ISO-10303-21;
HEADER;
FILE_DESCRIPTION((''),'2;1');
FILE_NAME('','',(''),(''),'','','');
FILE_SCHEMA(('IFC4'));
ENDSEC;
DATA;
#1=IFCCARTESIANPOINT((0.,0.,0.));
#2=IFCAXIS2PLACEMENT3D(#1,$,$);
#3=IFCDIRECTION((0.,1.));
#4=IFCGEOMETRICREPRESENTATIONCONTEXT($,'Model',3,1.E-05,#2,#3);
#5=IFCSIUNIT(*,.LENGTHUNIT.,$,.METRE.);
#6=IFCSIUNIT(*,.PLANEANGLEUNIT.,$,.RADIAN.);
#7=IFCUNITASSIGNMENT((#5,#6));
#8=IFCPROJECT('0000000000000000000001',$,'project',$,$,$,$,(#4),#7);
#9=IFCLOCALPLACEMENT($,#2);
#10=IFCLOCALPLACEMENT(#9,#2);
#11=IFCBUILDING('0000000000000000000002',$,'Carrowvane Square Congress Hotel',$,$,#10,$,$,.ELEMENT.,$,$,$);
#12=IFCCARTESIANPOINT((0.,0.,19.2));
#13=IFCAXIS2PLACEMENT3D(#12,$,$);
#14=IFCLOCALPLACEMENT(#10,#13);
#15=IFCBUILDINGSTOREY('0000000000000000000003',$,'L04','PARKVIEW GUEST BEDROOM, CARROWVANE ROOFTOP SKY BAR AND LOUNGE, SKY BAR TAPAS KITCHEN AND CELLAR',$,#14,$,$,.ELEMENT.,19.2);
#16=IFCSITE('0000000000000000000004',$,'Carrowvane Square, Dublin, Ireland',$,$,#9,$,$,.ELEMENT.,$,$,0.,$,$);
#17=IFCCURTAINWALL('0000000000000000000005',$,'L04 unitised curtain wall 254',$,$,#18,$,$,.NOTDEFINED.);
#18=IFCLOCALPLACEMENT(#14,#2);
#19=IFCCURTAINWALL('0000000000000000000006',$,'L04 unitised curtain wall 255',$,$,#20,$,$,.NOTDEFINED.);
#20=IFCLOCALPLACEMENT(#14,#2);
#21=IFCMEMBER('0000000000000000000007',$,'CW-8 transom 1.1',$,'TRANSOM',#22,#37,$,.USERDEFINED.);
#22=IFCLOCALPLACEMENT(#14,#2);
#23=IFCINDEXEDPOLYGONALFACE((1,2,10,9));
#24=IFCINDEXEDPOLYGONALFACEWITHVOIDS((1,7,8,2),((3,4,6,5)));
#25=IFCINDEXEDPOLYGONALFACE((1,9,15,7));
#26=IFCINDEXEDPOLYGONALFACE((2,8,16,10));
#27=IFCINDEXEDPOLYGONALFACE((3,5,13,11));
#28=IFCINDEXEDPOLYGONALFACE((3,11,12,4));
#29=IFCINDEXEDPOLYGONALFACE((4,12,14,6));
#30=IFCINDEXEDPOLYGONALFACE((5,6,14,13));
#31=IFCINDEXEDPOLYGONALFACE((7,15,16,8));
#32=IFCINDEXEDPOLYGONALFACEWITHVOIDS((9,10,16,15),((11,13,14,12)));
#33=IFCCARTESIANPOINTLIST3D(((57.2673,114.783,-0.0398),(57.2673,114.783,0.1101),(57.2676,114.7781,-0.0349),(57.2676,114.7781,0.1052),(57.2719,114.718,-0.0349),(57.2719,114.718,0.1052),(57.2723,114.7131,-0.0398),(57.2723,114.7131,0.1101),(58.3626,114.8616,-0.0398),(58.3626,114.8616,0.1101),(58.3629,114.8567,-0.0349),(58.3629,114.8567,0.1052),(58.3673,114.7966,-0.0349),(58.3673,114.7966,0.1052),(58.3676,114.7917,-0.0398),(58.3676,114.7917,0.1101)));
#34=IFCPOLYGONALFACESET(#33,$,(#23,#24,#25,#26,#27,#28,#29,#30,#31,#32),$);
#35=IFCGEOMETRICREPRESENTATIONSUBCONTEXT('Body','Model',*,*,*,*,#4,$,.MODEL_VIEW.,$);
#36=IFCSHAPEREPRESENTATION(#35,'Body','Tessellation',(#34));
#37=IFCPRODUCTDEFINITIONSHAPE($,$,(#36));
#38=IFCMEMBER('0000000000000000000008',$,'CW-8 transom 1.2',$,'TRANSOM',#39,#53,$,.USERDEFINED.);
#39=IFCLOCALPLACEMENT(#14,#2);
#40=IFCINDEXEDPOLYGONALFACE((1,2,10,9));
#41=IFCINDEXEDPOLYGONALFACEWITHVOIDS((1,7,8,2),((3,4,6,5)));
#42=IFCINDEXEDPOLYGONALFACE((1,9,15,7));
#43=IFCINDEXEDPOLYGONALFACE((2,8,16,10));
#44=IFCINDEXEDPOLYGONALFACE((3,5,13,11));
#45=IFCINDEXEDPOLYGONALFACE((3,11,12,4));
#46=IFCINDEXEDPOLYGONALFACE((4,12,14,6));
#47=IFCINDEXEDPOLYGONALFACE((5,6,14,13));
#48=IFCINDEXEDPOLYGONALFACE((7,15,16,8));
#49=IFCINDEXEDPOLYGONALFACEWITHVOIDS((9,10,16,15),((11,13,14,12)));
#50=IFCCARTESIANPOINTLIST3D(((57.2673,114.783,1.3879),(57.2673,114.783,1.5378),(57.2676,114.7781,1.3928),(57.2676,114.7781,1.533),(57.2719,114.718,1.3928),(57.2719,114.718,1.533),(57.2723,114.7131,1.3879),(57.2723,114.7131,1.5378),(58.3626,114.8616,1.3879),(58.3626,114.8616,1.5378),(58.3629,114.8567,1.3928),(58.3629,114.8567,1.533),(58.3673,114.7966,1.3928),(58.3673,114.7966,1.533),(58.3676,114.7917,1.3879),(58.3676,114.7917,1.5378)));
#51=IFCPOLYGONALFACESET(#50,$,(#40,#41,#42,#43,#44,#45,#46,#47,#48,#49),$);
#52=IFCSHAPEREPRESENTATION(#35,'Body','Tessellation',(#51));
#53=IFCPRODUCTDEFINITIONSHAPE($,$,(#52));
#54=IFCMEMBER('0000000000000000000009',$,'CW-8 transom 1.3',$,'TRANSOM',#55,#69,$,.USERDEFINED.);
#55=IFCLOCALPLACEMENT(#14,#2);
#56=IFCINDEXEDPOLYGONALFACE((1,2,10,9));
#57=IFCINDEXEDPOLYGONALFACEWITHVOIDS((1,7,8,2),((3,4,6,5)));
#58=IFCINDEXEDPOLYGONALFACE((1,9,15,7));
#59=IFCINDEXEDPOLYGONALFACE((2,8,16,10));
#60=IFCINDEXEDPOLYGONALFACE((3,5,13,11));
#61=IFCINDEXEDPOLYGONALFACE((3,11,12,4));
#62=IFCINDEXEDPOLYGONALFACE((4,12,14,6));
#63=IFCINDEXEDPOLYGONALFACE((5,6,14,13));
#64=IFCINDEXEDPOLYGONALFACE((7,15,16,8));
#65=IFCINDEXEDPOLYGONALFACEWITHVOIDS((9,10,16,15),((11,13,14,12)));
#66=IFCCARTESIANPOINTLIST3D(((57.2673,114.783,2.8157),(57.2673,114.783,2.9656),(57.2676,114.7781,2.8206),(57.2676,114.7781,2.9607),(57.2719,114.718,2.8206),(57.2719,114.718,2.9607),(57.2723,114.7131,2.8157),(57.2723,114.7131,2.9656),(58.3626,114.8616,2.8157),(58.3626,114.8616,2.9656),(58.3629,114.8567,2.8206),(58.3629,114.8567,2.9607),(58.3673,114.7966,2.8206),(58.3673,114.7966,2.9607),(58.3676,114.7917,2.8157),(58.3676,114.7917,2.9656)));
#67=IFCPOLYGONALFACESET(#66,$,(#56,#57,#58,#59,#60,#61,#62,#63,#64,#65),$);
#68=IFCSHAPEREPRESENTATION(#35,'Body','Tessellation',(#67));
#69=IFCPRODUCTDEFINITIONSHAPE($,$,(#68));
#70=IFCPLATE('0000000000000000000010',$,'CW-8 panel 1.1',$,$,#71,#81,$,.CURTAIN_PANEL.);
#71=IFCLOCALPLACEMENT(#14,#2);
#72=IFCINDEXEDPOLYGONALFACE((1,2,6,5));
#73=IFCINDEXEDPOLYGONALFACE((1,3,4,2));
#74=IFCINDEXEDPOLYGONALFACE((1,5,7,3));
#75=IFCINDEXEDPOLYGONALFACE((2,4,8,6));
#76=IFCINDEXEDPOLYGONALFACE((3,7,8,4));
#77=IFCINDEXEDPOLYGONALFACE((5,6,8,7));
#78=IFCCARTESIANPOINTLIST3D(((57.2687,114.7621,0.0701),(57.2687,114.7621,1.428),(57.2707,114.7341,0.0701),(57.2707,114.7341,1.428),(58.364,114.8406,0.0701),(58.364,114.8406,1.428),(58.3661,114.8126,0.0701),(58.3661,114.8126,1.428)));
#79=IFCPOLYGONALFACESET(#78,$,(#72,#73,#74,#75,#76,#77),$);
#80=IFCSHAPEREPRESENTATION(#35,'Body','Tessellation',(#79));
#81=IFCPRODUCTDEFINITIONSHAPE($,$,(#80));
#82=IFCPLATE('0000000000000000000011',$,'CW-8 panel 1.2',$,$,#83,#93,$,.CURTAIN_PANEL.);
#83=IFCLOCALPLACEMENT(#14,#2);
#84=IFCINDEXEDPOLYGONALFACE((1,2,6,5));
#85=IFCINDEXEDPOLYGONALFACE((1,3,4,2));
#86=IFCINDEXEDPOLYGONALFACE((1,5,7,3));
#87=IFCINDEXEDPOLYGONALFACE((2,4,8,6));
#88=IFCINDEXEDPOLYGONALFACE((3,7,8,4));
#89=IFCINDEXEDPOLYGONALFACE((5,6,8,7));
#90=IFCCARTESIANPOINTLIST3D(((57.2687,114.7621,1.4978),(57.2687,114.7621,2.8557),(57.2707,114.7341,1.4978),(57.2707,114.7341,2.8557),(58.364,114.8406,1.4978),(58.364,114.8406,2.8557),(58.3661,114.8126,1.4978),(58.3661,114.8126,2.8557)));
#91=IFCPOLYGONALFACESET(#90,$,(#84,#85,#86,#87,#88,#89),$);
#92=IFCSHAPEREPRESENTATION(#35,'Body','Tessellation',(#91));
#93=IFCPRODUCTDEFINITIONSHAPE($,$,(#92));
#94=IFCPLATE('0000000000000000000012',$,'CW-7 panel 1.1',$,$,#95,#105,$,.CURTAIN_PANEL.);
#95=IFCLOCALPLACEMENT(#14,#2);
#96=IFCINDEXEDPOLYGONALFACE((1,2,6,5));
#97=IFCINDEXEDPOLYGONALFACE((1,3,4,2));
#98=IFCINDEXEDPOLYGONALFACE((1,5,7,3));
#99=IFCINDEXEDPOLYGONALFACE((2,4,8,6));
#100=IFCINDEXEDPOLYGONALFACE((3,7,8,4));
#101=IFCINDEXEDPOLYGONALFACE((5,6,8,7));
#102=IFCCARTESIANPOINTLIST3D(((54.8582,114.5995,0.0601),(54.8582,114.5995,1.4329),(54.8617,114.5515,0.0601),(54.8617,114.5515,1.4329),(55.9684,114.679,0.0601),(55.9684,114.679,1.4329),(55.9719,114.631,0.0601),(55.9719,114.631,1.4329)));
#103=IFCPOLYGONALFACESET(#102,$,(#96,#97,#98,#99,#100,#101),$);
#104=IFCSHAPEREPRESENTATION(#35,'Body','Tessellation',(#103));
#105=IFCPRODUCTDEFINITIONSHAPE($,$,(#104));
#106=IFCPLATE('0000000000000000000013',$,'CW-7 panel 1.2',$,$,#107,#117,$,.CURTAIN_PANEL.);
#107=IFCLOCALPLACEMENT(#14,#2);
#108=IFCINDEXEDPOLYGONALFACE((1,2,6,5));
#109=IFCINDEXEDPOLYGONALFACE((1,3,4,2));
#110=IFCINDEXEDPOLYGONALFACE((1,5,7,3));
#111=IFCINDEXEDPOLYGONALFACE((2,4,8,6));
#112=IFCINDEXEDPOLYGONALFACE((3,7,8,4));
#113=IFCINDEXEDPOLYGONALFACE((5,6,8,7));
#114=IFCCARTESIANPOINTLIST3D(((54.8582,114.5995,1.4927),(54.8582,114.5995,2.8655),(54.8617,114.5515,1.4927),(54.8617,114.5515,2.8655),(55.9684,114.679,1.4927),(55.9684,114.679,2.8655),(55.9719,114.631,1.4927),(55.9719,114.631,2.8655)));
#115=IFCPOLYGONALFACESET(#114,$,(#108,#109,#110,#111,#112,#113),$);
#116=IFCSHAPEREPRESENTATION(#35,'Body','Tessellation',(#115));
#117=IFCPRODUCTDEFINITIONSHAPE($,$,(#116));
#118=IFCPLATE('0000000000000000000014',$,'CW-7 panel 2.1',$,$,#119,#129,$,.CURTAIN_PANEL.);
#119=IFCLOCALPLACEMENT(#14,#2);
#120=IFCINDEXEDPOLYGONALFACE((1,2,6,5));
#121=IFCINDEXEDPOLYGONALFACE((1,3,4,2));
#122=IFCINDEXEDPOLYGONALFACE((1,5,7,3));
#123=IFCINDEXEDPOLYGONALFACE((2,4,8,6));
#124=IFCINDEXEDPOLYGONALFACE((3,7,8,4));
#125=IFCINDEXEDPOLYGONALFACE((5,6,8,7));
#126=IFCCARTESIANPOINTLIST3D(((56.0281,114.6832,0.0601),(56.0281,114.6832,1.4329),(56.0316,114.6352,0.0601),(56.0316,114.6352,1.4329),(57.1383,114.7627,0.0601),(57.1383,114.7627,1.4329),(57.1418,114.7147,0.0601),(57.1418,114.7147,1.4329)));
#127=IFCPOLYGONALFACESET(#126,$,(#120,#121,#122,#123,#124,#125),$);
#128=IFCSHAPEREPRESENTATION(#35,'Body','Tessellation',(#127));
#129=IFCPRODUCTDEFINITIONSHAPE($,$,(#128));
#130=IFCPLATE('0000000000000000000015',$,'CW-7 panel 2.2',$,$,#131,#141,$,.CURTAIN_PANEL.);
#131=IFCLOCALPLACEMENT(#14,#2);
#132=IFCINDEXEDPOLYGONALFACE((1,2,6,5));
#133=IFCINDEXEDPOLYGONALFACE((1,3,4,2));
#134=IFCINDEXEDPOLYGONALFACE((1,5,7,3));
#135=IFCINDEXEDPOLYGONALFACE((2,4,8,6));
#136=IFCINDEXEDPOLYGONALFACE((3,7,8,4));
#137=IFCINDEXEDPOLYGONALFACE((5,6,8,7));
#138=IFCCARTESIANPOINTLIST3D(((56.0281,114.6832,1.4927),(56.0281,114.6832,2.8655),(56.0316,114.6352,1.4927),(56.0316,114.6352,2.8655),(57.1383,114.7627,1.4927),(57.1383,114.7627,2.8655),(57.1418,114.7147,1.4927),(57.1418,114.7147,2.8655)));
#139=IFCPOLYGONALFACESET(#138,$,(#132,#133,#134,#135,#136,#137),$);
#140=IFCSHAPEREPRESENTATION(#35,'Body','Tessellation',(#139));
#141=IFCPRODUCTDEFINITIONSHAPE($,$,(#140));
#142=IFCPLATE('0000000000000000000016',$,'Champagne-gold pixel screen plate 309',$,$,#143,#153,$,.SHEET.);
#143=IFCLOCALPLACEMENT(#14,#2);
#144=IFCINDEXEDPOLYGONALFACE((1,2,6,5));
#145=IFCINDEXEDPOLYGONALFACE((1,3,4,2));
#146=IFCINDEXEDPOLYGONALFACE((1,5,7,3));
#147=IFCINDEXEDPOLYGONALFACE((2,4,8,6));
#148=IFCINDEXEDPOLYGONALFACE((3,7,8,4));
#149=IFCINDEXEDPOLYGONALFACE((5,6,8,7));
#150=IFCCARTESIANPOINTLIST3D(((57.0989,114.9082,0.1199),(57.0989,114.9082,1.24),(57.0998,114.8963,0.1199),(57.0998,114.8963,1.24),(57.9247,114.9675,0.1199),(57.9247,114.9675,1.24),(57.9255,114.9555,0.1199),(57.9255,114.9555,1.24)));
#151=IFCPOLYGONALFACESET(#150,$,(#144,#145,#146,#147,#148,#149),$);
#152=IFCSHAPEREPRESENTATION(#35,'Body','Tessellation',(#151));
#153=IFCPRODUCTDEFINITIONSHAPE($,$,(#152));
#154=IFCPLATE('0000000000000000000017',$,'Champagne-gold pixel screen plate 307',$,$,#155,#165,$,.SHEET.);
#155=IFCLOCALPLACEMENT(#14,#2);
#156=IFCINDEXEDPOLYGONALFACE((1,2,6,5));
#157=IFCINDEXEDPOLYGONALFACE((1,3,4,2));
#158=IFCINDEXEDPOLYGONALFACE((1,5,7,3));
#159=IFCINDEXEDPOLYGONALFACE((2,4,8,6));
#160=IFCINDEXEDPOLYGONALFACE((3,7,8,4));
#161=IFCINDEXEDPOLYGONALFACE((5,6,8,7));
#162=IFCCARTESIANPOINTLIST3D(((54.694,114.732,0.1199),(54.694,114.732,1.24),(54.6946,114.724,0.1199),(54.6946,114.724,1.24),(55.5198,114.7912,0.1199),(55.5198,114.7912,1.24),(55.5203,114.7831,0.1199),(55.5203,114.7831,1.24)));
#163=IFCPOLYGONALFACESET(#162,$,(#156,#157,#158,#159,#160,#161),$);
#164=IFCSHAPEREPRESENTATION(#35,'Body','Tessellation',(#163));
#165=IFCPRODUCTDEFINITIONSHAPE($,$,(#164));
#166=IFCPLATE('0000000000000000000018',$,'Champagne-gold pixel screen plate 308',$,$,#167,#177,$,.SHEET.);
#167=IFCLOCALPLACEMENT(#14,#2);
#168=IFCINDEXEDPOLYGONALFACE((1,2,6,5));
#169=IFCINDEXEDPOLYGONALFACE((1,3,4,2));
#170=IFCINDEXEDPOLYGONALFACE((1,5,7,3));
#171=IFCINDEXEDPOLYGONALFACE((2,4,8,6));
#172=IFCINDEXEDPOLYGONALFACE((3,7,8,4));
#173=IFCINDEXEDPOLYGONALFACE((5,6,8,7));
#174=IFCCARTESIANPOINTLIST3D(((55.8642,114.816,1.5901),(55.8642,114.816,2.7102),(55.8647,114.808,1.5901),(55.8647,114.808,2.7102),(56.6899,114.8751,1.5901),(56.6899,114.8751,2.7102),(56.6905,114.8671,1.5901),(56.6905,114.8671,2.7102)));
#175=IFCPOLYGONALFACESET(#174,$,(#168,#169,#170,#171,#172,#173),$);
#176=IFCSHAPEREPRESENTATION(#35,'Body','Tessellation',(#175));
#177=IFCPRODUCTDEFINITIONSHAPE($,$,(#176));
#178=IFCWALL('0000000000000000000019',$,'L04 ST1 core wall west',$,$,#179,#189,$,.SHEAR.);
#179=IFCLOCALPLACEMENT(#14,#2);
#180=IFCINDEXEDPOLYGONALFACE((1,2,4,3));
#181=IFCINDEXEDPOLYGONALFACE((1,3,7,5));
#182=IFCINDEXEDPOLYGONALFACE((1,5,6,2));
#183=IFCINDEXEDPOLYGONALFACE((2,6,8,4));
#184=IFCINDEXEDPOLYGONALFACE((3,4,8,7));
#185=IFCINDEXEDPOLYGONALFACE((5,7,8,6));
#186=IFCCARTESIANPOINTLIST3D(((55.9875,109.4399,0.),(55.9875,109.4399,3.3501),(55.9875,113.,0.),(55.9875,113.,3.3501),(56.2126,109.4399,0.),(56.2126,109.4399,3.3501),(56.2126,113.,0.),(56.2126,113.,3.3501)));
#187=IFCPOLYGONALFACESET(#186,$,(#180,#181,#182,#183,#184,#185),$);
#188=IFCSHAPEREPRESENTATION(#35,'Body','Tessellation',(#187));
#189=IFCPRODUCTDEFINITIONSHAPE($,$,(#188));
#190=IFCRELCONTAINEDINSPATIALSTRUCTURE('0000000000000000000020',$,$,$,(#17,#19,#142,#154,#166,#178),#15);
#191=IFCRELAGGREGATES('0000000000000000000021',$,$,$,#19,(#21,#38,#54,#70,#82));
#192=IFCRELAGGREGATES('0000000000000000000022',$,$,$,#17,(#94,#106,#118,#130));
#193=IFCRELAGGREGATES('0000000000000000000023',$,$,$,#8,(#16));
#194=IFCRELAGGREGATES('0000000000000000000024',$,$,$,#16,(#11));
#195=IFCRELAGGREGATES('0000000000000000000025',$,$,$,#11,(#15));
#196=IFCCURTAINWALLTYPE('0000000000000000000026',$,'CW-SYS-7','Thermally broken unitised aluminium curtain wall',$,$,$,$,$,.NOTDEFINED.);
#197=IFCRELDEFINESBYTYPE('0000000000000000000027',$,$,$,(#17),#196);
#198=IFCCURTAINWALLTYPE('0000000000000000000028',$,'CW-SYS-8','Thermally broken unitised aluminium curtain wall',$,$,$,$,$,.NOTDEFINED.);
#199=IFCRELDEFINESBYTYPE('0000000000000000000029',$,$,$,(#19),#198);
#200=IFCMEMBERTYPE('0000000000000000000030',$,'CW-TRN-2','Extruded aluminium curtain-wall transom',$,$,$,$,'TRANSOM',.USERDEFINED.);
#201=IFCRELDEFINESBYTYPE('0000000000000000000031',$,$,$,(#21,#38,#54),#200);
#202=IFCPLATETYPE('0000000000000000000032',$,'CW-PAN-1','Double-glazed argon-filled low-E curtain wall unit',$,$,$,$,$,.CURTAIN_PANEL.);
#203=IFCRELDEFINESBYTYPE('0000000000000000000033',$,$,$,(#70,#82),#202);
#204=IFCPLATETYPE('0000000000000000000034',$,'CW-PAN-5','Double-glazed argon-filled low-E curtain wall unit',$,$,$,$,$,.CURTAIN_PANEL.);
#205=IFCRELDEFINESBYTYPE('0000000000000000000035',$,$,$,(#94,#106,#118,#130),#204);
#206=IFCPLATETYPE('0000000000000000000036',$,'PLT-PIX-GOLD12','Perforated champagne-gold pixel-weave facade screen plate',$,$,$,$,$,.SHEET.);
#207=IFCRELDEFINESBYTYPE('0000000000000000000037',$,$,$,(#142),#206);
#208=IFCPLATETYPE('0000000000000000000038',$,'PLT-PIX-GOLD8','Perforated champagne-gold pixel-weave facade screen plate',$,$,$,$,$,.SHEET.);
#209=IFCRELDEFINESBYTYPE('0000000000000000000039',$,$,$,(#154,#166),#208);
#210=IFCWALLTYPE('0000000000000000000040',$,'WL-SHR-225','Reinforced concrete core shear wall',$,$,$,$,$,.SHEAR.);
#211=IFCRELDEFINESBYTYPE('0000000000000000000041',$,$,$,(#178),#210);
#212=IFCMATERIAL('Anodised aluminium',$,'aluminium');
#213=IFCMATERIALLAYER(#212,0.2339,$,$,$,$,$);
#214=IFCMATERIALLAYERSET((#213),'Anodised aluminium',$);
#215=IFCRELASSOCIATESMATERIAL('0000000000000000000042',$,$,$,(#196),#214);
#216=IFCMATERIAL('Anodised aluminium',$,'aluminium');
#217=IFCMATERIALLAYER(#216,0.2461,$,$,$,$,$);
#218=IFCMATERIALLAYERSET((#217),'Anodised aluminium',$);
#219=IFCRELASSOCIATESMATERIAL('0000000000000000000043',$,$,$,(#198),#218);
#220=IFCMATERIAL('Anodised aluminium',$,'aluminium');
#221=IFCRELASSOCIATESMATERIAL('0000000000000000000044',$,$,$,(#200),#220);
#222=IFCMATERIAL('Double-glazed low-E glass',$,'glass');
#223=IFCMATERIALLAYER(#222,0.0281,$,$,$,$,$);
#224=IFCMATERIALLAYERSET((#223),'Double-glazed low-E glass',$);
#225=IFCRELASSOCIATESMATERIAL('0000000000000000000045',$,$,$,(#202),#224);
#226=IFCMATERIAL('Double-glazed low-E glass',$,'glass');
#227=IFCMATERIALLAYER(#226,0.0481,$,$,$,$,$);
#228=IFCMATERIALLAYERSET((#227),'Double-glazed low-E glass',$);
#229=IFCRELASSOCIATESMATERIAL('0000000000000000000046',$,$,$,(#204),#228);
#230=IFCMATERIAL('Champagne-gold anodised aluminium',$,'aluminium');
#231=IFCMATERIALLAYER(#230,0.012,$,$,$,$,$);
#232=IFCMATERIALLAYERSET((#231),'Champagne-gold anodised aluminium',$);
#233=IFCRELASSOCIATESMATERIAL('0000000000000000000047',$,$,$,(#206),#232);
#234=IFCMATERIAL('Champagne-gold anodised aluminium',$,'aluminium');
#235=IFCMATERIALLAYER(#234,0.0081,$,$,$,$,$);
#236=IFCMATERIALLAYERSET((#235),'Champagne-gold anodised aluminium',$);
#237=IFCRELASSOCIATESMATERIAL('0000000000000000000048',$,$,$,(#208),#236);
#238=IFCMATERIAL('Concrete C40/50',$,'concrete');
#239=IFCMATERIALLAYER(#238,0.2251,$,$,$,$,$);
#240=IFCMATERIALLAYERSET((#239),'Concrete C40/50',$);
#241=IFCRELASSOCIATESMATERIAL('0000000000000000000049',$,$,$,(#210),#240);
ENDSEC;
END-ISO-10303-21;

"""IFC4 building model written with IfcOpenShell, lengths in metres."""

from ifc_helpers import new_model, si_unit, direction, frame, frame_2d, origin, origin_2d, place, context, subcontext, project, spatial, rectangle, hollow_rectangle, extrude, material, layer, layer_set, material_profile, profile_set, type_object, element, aggregate, save


model = new_model("IFC4")

# Units and contexts
model_context = context("Model", 3, precision=1e-05, world=origin(), true_north=direction((0.0, 1.0)))
body_context = subcontext(model_context, "Body", "Model", "MODEL_VIEW")
ifc_project = project(units=[si_unit("LENGTHUNIT", "METRE"), si_unit("PLANEANGLEUNIT", "RADIAN")], contexts=[model_context])

# Site, building, storey
site_placement = place(None, origin())
site = spatial("IfcSite", under=ifc_project, at=site_placement, Name="Carrowvane Square, Dublin, Ireland", CompositionType="ELEMENT", RefElevation=0.0)
building_placement = place(site_placement, origin())
building = spatial("IfcBuilding", under=site, at=building_placement, Name="Carrowvane Square Congress Hotel", CompositionType="ELEMENT")
storey_placement = place(building_placement, frame((0.0, 0.0, 19.2)))
storey = spatial("IfcBuildingStorey", under=building, at=storey_placement, Name="L04", Description="PARKVIEW GUEST BEDROOM, CARROWVANE ROOFTOP SKY BAR AND LOUNGE, SKY BAR TAPAS KITCHEN AND CELLAR", CompositionType="ELEMENT", Elevation=19.2)

# Curtain wall
ifc_material_1 = material(Name="Anodised aluminium", Category="aluminium")
ifc_layer_1 = layer(ifc_material_1, 0.2339)
ifc_layer_set_1 = layer_set([ifc_layer_1], Name="Anodised aluminium")
curtain_wall_type_1 = type_object("IfcCurtainWallType", Name="CW-SYS-7", Description="Thermally broken unitised aluminium curtain wall", PredefinedType="NOTDEFINED", material=ifc_layer_set_1)
curtain_wall_1_placement = place(storey_placement, origin())
curtain_wall_1 = element("IfcCurtainWall", 1, at=curtain_wall_1_placement, inside=storey, type_object=curtain_wall_type_1, Name="L04 unitised curtain wall 254", PredefinedType="NOTDEFINED")

# Curtain wall
ifc_material_2 = material(Name="Anodised aluminium", Category="aluminium")
ifc_layer_2 = layer(ifc_material_2, 0.2461)
ifc_layer_set_2 = layer_set([ifc_layer_2], Name="Anodised aluminium")
curtain_wall_type_2 = type_object("IfcCurtainWallType", Name="CW-SYS-8", Description="Thermally broken unitised aluminium curtain wall", PredefinedType="NOTDEFINED", material=ifc_layer_set_2)
curtain_wall_2_placement = place(storey_placement, origin())
curtain_wall_2 = element("IfcCurtainWall", 2, at=curtain_wall_2_placement, inside=storey, type_object=curtain_wall_type_2, Name="L04 unitised curtain wall 255", PredefinedType="NOTDEFINED")

# Members
ifc_material_3 = material(Name="Anodised aluminium", Category="aluminium")
ifc_material_profile_1 = material_profile(ifc_material_3, hollow_rectangle(XDim=0.0701, YDim=0.1499, WallThickness=0.0049, at=origin_2d()), Name="CW-TR 70x150x5")
ifc_profile_set_1 = profile_set([ifc_material_profile_1], Name="Anodised aluminium")
member_type_1 = type_object("IfcMemberType", Name="CW-TRN-2", Description="Extruded aluminium curtain-wall transom", ElementType="TRANSOM", PredefinedType="USERDEFINED", material=ifc_profile_set_1)
member_1_placement = place(storey_placement, frame((57.2698, 114.748, 0.0352), z_axis=(0.997434, 0.071595, 0.0), x_axis=(-0.071595, 0.997434, 0.0)))
member_1 = element("IfcMember", 3, at=member_1_placement, type_object=member_type_1, Name="CW-8 transom 1.1", ObjectType="TRANSOM", PredefinedType="USERDEFINED", context=body_context, shape_type="SweptSolid", body=[
    extrude(hollow_rectangle(XDim=0.0701, YDim=0.1499, WallThickness=0.0049, at=origin_2d()), origin(), (0.0, 0.0, 1.0), 1.0981),
])
member_2_placement = place(storey_placement, frame((57.2698, 114.748, 1.4629), z_axis=(0.997434, 0.071595, 0.0), x_axis=(-0.071595, 0.997434, 0.0)))
member_2 = element("IfcMember", 4, at=member_2_placement, type_object=member_type_1, Name="CW-8 transom 1.2", ObjectType="TRANSOM", PredefinedType="USERDEFINED", context=body_context, shape_type="SweptSolid", body=[
    extrude(hollow_rectangle(XDim=0.0701, YDim=0.1499, WallThickness=0.0049, at=origin_2d()), origin(), (0.0, 0.0, 1.0), 1.0981),
])
member_3_placement = place(storey_placement, frame((57.2698, 114.748, 2.8906), z_axis=(0.997434, 0.071595, 0.0), x_axis=(-0.071595, 0.997434, 0.0)))
member_3 = element("IfcMember", 5, at=member_3_placement, type_object=member_type_1, Name="CW-8 transom 1.3", ObjectType="TRANSOM", PredefinedType="USERDEFINED", context=body_context, shape_type="SweptSolid", body=[
    extrude(hollow_rectangle(XDim=0.0701, YDim=0.1499, WallThickness=0.0049, at=origin_2d()), origin(), (0.0, 0.0, 1.0), 1.0981),
])

# Plates
ifc_material_4 = material(Name="Double-glazed low-E glass", Category="glass")
ifc_layer_3 = layer(ifc_material_4, 0.0281)
ifc_layer_set_3 = layer_set([ifc_layer_3], Name="Double-glazed low-E glass")
plate_type_1 = type_object("IfcPlateType", Name="CW-PAN-1", Description="Double-glazed argon-filled low-E curtain wall unit", PredefinedType="CURTAIN_PANEL", material=ifc_layer_set_3)
plate_1_placement = place(storey_placement, frame((57.8174, 114.7874, 0.0701), z_axis=(0.0, 0.0, 1.0), x_axis=(0.997438, 0.071532, 0.0)))
plate_1 = element("IfcPlate", 6, at=plate_1_placement, type_object=plate_type_1, Name="CW-8 panel 1.1", PredefinedType="CURTAIN_PANEL", context=body_context, shape_type="SweptSolid", body=[
    extrude(rectangle(XDim=1.0981, YDim=0.0281, at=origin_2d()), origin(), (0.0, 0.0, 1.0), 1.3579),
])
plate_2_placement = place(storey_placement, frame((57.8174, 114.7874, 1.4978), z_axis=(0.0, 0.0, 1.0), x_axis=(0.997438, 0.071532, 0.0)))
plate_2 = element("IfcPlate", 7, at=plate_2_placement, type_object=plate_type_1, Name="CW-8 panel 1.2", PredefinedType="CURTAIN_PANEL", context=body_context, shape_type="SweptSolid", body=[
    extrude(rectangle(XDim=1.0981, YDim=0.0281, at=origin_2d()), origin(), (0.0, 0.0, 1.0), 1.3579),
])
aggregate(curtain_wall_2, [member_1, member_2, member_3, plate_1, plate_2])
ifc_material_5 = material(Name="Double-glazed low-E glass", Category="glass")
ifc_layer_4 = layer(ifc_material_5, 0.0481)
ifc_layer_set_4 = layer_set([ifc_layer_4], Name="Double-glazed low-E glass")
plate_type_2 = type_object("IfcPlateType", Name="CW-PAN-5", Description="Double-glazed argon-filled low-E curtain wall unit", PredefinedType="CURTAIN_PANEL", material=ifc_layer_set_4)
plate_3_placement = place(storey_placement, frame((55.415, 114.6152, 0.0601), z_axis=(0.0, 0.0, 1.0), x_axis=(0.997446, 0.071418, 0.0)))
plate_3 = element("IfcPlate", 8, at=plate_3_placement, type_object=plate_type_2, Name="CW-7 panel 1.1", PredefinedType="CURTAIN_PANEL", context=body_context, shape_type="SweptSolid", body=[
    extrude(rectangle(XDim=1.113, YDim=0.0481, at=origin_2d()), origin(), (0.0, 0.0, 1.0), 1.3728),
])
plate_4_placement = place(storey_placement, frame((55.415, 114.6152, 1.4927), z_axis=(0.0, 0.0, 1.0), x_axis=(0.997446, 0.071418, 0.0)))
plate_4 = element("IfcPlate", 9, at=plate_4_placement, type_object=plate_type_2, Name="CW-7 panel 1.2", PredefinedType="CURTAIN_PANEL", context=body_context, shape_type="SweptSolid", body=[
    extrude(rectangle(XDim=1.113, YDim=0.0481, at=origin_2d()), origin(), (0.0, 0.0, 1.0), 1.3728),
])
plate_5_placement = place(storey_placement, frame((56.585, 114.699, 0.0601), z_axis=(0.0, 0.0, 1.0), x_axis=(0.997446, 0.071418, 0.0)))
plate_5 = element("IfcPlate", 10, at=plate_5_placement, type_object=plate_type_2, Name="CW-7 panel 2.1", PredefinedType="CURTAIN_PANEL", context=body_context, shape_type="SweptSolid", body=[
    extrude(rectangle(XDim=1.113, YDim=0.0481, at=origin_2d()), origin(), (0.0, 0.0, 1.0), 1.3728),
])
plate_6_placement = place(storey_placement, frame((56.585, 114.699, 1.4927), z_axis=(0.0, 0.0, 1.0), x_axis=(0.997446, 0.071418, 0.0)))
plate_6 = element("IfcPlate", 11, at=plate_6_placement, type_object=plate_type_2, Name="CW-7 panel 2.2", PredefinedType="CURTAIN_PANEL", context=body_context, shape_type="SweptSolid", body=[
    extrude(rectangle(XDim=1.113, YDim=0.0481, at=origin_2d()), origin(), (0.0, 0.0, 1.0), 1.3728),
])
aggregate(curtain_wall_1, [plate_3, plate_4, plate_5, plate_6])

# Plates
ifc_material_6 = material(Name="Champagne-gold anodised aluminium", Category="aluminium")
ifc_layer_5 = layer(ifc_material_6, 0.012)
ifc_layer_set_5 = layer_set([ifc_layer_5], Name="Champagne-gold anodised aluminium")
plate_type_3 = type_object("IfcPlateType", Name="PLT-PIX-GOLD12", Description="Perforated champagne-gold pixel-weave facade screen plate", PredefinedType="SHEET", material=ifc_layer_set_5)
plate_7_placement = place(storey_placement, frame((57.5122, 114.9319, 0.1199), z_axis=(0.0, 0.0, 1.0), x_axis=(0.997438, 0.071533, 0.0)))
element("IfcPlate", 12, at=plate_7_placement, inside=storey, type_object=plate_type_3, Name="Champagne-gold pixel screen plate 309", PredefinedType="SHEET", context=body_context, shape_type="SweptSolid", body=[
    extrude(rectangle(XDim=0.8279, YDim=0.012, at=origin_2d()), origin(), (0.0, 0.0, 1.0), 1.1201),
])
ifc_material_7 = material(Name="Champagne-gold anodised aluminium", Category="aluminium")
ifc_layer_6 = layer(ifc_material_7, 0.0081)
ifc_layer_set_6 = layer_set([ifc_layer_6], Name="Champagne-gold anodised aluminium")
plate_type_4 = type_object("IfcPlateType", Name="PLT-PIX-GOLD8", Description="Perforated champagne-gold pixel-weave facade screen plate", PredefinedType="SHEET", material=ifc_layer_set_6)
for number, where, z_axis, x_axis, name in (
    (13, (55.1072, 114.7576, 0.1199), (0.0, 0.0, 1.0), (0.997446, 0.07142, 0.0), "Champagne-gold pixel screen plate 307"),
    (14, (56.2773, 114.8416, 1.5901), (0.0, 0.0, 1.0), (0.997446, 0.07142, 0.0), "Champagne-gold pixel screen plate 308"),
):
    element("IfcPlate", number, at=place(storey_placement, frame(where, z_axis=z_axis, x_axis=x_axis)), inside=storey, type_object=plate_type_4, Name=name, PredefinedType="SHEET", context=body_context, shape_type="SweptSolid", body=[
        extrude(rectangle(XDim=0.8279, YDim=0.0081, at=origin_2d()), origin(), (0.0, 0.0, 1.0), 1.1201),
    ])

# Wall
ifc_material_8 = material(Name="Concrete C40/50", Category="concrete")
ifc_layer_7 = layer(ifc_material_8, 0.2251)
ifc_layer_set_7 = layer_set([ifc_layer_7], Name="Concrete C40/50")
wall_type = type_object("IfcWallType", Name="WL-SHR-225", Description="Reinforced concrete core shear wall", PredefinedType="SHEAR", material=ifc_layer_set_7)
wall_placement = place(storey_placement, frame((56.1001, 113.0, 0.0), z_axis=(0.0, 0.0, 1.0), x_axis=(0.0, -1.0, 0.0)))
element("IfcWall", 15, at=wall_placement, inside=storey, type_object=wall_type, Name="L04 ST1 core wall west", PredefinedType="SHEAR", context=body_context, shape_type="SweptSolid", body=[
    extrude(rectangle(XDim=3.5601, YDim=0.2251, at=frame_2d((1.78, 0.0))), origin(), (0.0, 0.0, 1.0), 3.3501),
])

save(model, "model.ifc")
